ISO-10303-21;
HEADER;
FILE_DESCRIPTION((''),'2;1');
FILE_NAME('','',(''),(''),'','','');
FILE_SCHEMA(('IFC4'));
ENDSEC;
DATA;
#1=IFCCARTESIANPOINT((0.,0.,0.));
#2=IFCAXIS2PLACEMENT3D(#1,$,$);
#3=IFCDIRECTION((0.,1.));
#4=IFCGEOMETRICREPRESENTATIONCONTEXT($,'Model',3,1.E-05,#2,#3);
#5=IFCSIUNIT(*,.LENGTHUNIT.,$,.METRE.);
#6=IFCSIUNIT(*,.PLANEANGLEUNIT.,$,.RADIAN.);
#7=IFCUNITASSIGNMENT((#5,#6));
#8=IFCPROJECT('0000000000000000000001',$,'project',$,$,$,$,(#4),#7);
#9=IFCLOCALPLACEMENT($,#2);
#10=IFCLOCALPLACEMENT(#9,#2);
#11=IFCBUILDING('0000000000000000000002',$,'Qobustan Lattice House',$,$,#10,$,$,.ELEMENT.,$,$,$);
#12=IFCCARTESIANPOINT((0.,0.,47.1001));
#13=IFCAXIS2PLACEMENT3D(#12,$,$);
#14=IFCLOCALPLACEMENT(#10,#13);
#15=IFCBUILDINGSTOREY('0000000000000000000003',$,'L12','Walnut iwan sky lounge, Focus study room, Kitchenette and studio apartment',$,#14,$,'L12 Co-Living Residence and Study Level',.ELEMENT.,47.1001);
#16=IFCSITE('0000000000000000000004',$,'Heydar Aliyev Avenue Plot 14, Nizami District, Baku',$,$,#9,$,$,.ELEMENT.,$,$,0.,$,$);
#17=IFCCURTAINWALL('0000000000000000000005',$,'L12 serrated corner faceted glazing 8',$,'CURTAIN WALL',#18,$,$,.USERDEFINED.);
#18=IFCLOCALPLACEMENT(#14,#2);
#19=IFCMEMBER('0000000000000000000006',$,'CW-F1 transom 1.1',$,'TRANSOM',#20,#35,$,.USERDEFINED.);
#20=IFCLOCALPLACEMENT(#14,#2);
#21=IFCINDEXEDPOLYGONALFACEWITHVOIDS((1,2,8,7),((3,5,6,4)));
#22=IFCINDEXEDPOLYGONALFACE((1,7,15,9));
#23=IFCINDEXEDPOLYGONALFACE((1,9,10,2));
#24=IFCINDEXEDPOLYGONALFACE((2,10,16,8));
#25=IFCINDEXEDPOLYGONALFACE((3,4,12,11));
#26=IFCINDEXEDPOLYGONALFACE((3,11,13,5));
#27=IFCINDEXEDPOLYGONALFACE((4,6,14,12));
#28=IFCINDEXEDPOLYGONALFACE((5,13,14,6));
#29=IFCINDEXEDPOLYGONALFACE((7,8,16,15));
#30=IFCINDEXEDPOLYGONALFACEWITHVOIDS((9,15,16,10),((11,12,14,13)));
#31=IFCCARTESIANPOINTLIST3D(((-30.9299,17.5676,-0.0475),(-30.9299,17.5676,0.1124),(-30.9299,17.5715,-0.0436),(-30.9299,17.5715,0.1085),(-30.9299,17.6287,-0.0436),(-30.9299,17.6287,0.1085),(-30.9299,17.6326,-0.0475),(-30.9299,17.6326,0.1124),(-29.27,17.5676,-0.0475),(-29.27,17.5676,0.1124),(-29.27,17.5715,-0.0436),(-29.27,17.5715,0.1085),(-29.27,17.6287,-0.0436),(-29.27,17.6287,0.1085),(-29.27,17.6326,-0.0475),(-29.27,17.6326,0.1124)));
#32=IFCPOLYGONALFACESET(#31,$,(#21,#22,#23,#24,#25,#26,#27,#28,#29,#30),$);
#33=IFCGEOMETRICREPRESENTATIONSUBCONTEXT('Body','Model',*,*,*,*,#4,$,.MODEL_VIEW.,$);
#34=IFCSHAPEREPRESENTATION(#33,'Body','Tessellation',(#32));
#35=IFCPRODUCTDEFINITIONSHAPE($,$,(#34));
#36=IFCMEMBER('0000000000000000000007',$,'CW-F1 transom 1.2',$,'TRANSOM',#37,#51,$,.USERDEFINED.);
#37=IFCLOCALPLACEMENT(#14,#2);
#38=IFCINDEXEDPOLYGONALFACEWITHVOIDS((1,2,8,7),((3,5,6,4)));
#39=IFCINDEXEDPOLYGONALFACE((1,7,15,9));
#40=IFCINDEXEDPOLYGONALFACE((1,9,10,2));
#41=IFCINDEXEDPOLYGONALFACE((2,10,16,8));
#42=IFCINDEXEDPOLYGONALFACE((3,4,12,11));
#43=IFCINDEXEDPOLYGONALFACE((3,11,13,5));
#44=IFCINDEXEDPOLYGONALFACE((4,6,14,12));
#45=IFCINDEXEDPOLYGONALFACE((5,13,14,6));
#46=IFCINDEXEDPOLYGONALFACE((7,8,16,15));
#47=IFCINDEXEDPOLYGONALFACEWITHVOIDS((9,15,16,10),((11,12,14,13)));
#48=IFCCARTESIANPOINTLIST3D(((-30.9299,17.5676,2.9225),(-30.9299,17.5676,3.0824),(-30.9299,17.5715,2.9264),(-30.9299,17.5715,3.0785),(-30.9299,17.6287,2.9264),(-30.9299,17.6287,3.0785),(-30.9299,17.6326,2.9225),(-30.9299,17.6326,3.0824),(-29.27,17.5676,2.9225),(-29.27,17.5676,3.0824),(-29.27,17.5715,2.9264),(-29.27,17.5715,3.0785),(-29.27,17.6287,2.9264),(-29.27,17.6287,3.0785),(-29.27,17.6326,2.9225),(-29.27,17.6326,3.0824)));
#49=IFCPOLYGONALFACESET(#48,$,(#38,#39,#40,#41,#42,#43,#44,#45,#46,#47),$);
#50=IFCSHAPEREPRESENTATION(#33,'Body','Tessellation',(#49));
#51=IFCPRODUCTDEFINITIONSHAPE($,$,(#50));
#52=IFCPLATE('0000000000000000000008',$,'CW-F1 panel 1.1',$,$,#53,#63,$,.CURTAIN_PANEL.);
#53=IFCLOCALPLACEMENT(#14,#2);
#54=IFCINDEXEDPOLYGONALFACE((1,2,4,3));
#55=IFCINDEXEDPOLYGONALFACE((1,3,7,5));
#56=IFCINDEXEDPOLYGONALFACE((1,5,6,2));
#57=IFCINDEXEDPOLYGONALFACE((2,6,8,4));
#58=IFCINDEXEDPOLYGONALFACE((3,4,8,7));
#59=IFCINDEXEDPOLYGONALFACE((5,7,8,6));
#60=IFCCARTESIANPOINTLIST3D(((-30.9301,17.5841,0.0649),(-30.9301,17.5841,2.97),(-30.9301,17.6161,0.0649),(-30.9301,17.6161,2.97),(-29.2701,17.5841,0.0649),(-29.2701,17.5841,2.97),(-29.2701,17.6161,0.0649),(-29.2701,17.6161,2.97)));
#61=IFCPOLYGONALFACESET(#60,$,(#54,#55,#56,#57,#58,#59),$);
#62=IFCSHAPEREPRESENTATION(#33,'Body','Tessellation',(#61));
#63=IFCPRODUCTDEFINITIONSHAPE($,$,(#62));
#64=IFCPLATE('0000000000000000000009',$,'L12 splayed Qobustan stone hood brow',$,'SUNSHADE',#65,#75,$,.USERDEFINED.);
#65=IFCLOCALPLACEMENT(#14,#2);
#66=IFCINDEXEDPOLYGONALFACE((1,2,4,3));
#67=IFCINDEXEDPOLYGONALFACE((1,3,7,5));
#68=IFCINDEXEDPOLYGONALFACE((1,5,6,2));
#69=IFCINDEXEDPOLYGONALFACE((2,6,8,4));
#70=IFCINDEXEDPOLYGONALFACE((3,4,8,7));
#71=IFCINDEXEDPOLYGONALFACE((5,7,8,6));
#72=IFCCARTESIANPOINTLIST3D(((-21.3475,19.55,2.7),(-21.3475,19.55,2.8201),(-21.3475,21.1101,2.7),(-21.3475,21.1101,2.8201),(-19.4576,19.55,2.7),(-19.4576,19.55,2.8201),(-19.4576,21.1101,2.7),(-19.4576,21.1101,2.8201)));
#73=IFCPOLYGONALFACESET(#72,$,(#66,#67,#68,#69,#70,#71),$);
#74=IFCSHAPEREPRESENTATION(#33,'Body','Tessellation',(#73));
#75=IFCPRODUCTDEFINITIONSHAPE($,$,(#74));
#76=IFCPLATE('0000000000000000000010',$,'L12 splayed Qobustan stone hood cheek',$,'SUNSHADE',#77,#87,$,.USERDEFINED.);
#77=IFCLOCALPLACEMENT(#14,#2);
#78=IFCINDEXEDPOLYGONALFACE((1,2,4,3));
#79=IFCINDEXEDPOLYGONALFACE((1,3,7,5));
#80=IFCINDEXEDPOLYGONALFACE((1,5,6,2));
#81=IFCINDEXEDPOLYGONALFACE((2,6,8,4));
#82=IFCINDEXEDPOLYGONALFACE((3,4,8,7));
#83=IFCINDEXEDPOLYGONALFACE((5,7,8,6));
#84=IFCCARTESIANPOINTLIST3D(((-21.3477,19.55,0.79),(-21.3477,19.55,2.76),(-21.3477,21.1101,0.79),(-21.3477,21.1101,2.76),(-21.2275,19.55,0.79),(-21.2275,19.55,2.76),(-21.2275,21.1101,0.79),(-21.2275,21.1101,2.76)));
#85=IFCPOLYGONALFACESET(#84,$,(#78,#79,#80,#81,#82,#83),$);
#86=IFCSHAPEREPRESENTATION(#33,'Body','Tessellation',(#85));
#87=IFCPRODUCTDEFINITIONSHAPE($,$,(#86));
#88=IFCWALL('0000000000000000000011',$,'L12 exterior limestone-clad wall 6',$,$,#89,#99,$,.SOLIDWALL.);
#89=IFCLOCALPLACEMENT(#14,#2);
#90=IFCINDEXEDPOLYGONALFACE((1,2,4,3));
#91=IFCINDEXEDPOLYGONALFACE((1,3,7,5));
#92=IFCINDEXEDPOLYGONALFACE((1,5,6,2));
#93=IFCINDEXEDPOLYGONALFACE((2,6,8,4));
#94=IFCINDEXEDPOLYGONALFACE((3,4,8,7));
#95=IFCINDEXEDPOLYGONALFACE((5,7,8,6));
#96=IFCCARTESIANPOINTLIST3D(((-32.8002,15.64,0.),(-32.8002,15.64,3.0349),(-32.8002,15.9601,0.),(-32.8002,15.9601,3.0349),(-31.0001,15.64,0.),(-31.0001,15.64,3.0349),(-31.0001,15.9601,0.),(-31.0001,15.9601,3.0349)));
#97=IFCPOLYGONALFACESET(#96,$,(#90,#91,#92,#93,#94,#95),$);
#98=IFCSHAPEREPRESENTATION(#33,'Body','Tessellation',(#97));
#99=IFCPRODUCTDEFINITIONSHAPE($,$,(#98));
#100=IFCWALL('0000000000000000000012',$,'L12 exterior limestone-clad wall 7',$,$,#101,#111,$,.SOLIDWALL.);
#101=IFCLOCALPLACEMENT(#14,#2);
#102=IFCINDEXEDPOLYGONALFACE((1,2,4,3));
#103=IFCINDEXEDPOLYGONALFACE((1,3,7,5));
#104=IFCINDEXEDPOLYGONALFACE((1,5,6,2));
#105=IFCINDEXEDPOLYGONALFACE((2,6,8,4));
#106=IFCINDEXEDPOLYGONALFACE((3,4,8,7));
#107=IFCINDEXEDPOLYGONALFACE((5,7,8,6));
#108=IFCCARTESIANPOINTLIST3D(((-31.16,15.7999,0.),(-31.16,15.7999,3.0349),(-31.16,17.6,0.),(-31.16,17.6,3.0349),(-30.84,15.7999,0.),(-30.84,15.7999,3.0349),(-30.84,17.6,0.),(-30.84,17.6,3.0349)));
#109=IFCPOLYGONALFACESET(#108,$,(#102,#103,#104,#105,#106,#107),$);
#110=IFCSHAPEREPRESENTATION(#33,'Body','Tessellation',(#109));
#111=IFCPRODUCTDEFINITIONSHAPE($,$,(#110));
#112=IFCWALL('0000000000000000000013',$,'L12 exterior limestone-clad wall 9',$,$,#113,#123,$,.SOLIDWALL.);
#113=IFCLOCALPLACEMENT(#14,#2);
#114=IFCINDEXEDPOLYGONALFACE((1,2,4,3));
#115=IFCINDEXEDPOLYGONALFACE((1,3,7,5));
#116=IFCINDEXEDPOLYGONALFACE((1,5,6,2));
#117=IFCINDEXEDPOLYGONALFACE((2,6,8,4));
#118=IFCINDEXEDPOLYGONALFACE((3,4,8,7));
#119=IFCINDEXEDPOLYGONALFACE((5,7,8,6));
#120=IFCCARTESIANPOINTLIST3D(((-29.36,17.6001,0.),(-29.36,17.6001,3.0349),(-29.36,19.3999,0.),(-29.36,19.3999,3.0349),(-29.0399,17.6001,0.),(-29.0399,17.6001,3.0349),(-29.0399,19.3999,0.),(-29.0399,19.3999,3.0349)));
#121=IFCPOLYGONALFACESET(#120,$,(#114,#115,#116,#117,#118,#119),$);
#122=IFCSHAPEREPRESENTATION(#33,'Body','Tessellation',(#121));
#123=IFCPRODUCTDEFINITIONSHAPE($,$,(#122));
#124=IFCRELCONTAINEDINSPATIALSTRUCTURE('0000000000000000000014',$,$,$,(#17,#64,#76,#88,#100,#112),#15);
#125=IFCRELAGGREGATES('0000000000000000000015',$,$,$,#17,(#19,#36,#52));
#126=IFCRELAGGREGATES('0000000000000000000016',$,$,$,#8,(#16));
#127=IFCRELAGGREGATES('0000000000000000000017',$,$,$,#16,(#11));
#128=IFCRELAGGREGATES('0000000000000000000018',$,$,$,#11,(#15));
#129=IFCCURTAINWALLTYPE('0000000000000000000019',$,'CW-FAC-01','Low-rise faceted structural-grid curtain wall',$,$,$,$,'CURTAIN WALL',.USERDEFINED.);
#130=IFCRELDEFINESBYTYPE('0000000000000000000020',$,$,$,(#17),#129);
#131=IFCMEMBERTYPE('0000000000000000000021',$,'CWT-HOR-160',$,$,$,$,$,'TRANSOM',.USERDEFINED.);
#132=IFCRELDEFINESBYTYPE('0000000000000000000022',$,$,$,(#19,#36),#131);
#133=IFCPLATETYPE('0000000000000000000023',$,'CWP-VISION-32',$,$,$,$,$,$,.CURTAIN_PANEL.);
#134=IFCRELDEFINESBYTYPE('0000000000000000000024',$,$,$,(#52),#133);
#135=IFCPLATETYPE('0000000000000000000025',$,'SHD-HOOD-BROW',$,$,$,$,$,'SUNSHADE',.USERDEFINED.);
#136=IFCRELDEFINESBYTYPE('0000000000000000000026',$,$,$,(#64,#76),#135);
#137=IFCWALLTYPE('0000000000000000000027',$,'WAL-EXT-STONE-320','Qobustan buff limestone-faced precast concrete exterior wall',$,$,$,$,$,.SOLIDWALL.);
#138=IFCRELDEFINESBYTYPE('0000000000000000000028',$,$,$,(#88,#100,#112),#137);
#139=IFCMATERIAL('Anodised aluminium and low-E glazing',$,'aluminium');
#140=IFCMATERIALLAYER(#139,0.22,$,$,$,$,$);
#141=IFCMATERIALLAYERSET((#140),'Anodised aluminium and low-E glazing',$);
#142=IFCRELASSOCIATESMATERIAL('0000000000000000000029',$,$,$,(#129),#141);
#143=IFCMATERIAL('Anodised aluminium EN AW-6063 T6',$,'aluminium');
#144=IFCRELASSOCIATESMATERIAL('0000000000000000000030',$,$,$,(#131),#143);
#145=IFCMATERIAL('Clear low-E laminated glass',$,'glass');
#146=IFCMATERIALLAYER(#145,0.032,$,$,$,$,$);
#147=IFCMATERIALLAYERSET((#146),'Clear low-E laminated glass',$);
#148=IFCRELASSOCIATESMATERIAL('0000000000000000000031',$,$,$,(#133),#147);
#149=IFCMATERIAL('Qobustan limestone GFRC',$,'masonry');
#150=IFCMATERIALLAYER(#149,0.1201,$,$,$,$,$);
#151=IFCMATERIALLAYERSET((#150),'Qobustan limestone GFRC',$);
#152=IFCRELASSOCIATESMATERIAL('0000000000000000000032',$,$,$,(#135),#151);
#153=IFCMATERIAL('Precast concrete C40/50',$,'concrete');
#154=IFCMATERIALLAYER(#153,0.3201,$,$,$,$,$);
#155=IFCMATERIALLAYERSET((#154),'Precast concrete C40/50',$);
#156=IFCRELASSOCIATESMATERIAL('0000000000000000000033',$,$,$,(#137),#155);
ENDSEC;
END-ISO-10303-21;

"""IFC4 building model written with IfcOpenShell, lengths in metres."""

from ifc_helpers import new_model, si_unit, direction, frame, frame_2d, origin, origin_2d, place, context, subcontext, project, spatial, rectangle, hollow_rectangle, extrude, material, layer, layer_set, material_profile, profile_set, type_object, element, aggregate, save


model = new_model("IFC4")

# Units and contexts
model_context = context("Model", 3, precision=1e-05, world=origin(), true_north=direction((0.0, 1.0)))
body_context = subcontext(model_context, "Body", "Model", "MODEL_VIEW")
ifc_project = project(units=[si_unit("LENGTHUNIT", "METRE"), si_unit("PLANEANGLEUNIT", "RADIAN")], contexts=[model_context])

# Site, building, storey
site_placement = place(None, origin())
site = spatial("IfcSite", under=ifc_project, at=site_placement, Name="Heydar Aliyev Avenue Plot 14, Nizami District, Baku", CompositionType="ELEMENT", RefElevation=0.0)
building_placement = place(site_placement, origin())
building = spatial("IfcBuilding", under=site, at=building_placement, Name="Qobustan Lattice House", CompositionType="ELEMENT")
storey_placement = place(building_placement, frame((0.0, 0.0, 47.1001)))
storey = spatial("IfcBuildingStorey", under=building, at=storey_placement, Name="L12", Description="Walnut iwan sky lounge, Focus study room, Kitchenette and studio apartment", LongName="L12 Co-Living Residence and Study Level", CompositionType="ELEMENT", Elevation=47.1001)

# Curtain wall, members, plate
ifc_material_1 = material(Name="Anodised aluminium and low-E glazing", Category="aluminium")
ifc_layer_1 = layer(ifc_material_1, 0.22)
ifc_layer_set_1 = layer_set([ifc_layer_1], Name="Anodised aluminium and low-E glazing")
curtain_wall_type = type_object("IfcCurtainWallType", Name="CW-FAC-01", Description="Low-rise faceted structural-grid curtain wall", ElementType="CURTAIN WALL", PredefinedType="USERDEFINED", material=ifc_layer_set_1)
curtain_wall_placement = place(storey_placement, origin())
curtain_wall = element("IfcCurtainWall", 1, at=curtain_wall_placement, inside=storey, type_object=curtain_wall_type, Name="L12 serrated corner faceted glazing 8", ObjectType="CURTAIN WALL", PredefinedType="USERDEFINED")
ifc_material_2 = material(Name="Anodised aluminium EN AW-6063 T6", Category="aluminium")
ifc_material_profile_1 = material_profile(ifc_material_2, hollow_rectangle(XDim=0.0649, YDim=0.1599, WallThickness=0.0039, at=origin_2d()), Name="CWT-160x65")
ifc_profile_set_1 = profile_set([ifc_material_profile_1], Name="Anodised aluminium EN AW-6063 T6")
member_type_1 = type_object("IfcMemberType", Name="CWT-HOR-160", ElementType="TRANSOM", PredefinedType="USERDEFINED", material=ifc_profile_set_1)
member_1_placement = place(storey_placement, frame((-30.9299, 17.6001, 0.0325), z_axis=(1.0, 0.0, 0.0), x_axis=(0.0, 1.0, 0.0)))
member_1 = element("IfcMember", 2, at=member_1_placement, type_object=member_type_1, Name="CW-F1 transom 1.1", ObjectType="TRANSOM", PredefinedType="USERDEFINED", context=body_context, shape_type="SweptSolid", body=[
    extrude(hollow_rectangle(XDim=0.0649, YDim=0.1599, WallThickness=0.0039, at=origin_2d()), origin(), (0.0, 0.0, 1.0), 1.6599),
])
member_2_placement = place(storey_placement, frame((-30.9299, 17.6001, 3.0024), z_axis=(1.0, 0.0, 0.0), x_axis=(0.0, 1.0, 0.0)))
member_2 = element("IfcMember", 3, at=member_2_placement, type_object=member_type_1, Name="CW-F1 transom 1.2", ObjectType="TRANSOM", PredefinedType="USERDEFINED", context=body_context, shape_type="SweptSolid", body=[
    extrude(hollow_rectangle(XDim=0.0649, YDim=0.1599, WallThickness=0.0039, at=origin_2d()), origin(), (0.0, 0.0, 1.0), 1.6599),
])
ifc_material_3 = material(Name="Clear low-E laminated glass", Category="glass")
ifc_layer_2 = layer(ifc_material_3, 0.032)
ifc_layer_set_2 = layer_set([ifc_layer_2], Name="Clear low-E laminated glass")
plate_type_1 = type_object("IfcPlateType", Name="CWP-VISION-32", PredefinedType="CURTAIN_PANEL", material=ifc_layer_set_2)
plate_1_placement = place(storey_placement, frame((-30.1001, 17.6001, 0.0649), z_axis=(0.0, 0.0, 1.0), x_axis=(1.0, 0.0, 0.0)))
plate_1 = element("IfcPlate", 4, at=plate_1_placement, type_object=plate_type_1, Name="CW-F1 panel 1.1", PredefinedType="CURTAIN_PANEL", context=body_context, shape_type="SweptSolid", body=[
    extrude(rectangle(XDim=1.6599, YDim=0.032, at=origin_2d()), origin(), (0.0, 0.0, 1.0), 2.905),
])
aggregate(curtain_wall, [member_1, member_2, plate_1])

# Plates
ifc_material_4 = material(Name="Qobustan limestone GFRC", Category="masonry")
ifc_layer_3 = layer(ifc_material_4, 0.1201)
ifc_layer_set_3 = layer_set([ifc_layer_3], Name="Qobustan limestone GFRC")
plate_type_2 = type_object("IfcPlateType", Name="SHD-HOOD-BROW", ElementType="SUNSHADE", PredefinedType="USERDEFINED", material=ifc_layer_set_3)
plate_2_placement = place(storey_placement, frame((-20.4026, 20.3301, 2.7), z_axis=(0.0, 0.0, 1.0), x_axis=(1.0, 0.0, 0.0)))
element("IfcPlate", 5, at=plate_2_placement, inside=storey, type_object=plate_type_2, Name="L12 splayed Qobustan stone hood brow", ObjectType="SUNSHADE", PredefinedType="USERDEFINED", context=body_context, shape_type="SweptSolid", body=[
    extrude(rectangle(XDim=1.8899, YDim=1.5601, at=origin_2d()), origin(), (0.0, 0.0, 1.0), 0.1201),
])
plate_3_placement = place(storey_placement, frame((-21.2876, 20.3301, 0.79), z_axis=(0.0, 0.0, 1.0), x_axis=(1.0, 0.0, 0.0)))
element("IfcPlate", 6, at=plate_3_placement, inside=storey, type_object=plate_type_2, Name="L12 splayed Qobustan stone hood cheek", ObjectType="SUNSHADE", PredefinedType="USERDEFINED", context=body_context, shape_type="SweptSolid", body=[
    extrude(rectangle(XDim=0.1201, YDim=1.5601, at=origin_2d()), origin(), (0.0, 0.0, 1.0), 1.97),
])

# Walls
ifc_material_5 = material(Name="Precast concrete C40/50", Category="concrete")
ifc_layer_4 = layer(ifc_material_5, 0.3201)
ifc_layer_set_4 = layer_set([ifc_layer_4], Name="Precast concrete C40/50")
wall_type = type_object("IfcWallType", Name="WAL-EXT-STONE-320", Description="Qobustan buff limestone-faced precast concrete exterior wall", PredefinedType="SOLIDWALL", material=ifc_layer_set_4)
for number, where, z_axis, x_axis, name in (
    (7, (-32.8, 15.8, 0.0), (0.0, 0.0, 1.0), (1.0, 0.0, 0.0), "L12 exterior limestone-clad wall 6"),
    (8, (-31.0, 15.8, 0.0), (0.0, 0.0, 1.0), (0.0, 1.0, 0.0), "L12 exterior limestone-clad wall 7"),
):
    element("IfcWall", number, at=place(storey_placement, frame(where, z_axis=z_axis, x_axis=x_axis)), inside=storey, type_object=wall_type, Name=name, PredefinedType="SOLIDWALL", context=body_context, shape_type="SweptSolid", body=[
        extrude(rectangle(XDim=1.8, YDim=0.3201, at=frame_2d((0.8999, 0.0))), origin(), (0.0, 0.0, 1.0), 3.0349),
    ])
wall_1_placement = place(storey_placement, frame((-29.2, 17.6001, 0.0), z_axis=(0.0, 0.0, 1.0), x_axis=(0.0, 1.0, 0.0)))
element("IfcWall", 9, at=wall_1_placement, inside=storey, type_object=wall_type, Name="L12 exterior limestone-clad wall 9", PredefinedType="SOLIDWALL", context=body_context, shape_type="SweptSolid", body=[
    extrude(rectangle(XDim=1.7998, YDim=0.3201, at=frame_2d((0.8999, 0.0))), origin(), (0.0, 0.0, 1.0), 3.0349),
])

save(model, "model.ifc")
